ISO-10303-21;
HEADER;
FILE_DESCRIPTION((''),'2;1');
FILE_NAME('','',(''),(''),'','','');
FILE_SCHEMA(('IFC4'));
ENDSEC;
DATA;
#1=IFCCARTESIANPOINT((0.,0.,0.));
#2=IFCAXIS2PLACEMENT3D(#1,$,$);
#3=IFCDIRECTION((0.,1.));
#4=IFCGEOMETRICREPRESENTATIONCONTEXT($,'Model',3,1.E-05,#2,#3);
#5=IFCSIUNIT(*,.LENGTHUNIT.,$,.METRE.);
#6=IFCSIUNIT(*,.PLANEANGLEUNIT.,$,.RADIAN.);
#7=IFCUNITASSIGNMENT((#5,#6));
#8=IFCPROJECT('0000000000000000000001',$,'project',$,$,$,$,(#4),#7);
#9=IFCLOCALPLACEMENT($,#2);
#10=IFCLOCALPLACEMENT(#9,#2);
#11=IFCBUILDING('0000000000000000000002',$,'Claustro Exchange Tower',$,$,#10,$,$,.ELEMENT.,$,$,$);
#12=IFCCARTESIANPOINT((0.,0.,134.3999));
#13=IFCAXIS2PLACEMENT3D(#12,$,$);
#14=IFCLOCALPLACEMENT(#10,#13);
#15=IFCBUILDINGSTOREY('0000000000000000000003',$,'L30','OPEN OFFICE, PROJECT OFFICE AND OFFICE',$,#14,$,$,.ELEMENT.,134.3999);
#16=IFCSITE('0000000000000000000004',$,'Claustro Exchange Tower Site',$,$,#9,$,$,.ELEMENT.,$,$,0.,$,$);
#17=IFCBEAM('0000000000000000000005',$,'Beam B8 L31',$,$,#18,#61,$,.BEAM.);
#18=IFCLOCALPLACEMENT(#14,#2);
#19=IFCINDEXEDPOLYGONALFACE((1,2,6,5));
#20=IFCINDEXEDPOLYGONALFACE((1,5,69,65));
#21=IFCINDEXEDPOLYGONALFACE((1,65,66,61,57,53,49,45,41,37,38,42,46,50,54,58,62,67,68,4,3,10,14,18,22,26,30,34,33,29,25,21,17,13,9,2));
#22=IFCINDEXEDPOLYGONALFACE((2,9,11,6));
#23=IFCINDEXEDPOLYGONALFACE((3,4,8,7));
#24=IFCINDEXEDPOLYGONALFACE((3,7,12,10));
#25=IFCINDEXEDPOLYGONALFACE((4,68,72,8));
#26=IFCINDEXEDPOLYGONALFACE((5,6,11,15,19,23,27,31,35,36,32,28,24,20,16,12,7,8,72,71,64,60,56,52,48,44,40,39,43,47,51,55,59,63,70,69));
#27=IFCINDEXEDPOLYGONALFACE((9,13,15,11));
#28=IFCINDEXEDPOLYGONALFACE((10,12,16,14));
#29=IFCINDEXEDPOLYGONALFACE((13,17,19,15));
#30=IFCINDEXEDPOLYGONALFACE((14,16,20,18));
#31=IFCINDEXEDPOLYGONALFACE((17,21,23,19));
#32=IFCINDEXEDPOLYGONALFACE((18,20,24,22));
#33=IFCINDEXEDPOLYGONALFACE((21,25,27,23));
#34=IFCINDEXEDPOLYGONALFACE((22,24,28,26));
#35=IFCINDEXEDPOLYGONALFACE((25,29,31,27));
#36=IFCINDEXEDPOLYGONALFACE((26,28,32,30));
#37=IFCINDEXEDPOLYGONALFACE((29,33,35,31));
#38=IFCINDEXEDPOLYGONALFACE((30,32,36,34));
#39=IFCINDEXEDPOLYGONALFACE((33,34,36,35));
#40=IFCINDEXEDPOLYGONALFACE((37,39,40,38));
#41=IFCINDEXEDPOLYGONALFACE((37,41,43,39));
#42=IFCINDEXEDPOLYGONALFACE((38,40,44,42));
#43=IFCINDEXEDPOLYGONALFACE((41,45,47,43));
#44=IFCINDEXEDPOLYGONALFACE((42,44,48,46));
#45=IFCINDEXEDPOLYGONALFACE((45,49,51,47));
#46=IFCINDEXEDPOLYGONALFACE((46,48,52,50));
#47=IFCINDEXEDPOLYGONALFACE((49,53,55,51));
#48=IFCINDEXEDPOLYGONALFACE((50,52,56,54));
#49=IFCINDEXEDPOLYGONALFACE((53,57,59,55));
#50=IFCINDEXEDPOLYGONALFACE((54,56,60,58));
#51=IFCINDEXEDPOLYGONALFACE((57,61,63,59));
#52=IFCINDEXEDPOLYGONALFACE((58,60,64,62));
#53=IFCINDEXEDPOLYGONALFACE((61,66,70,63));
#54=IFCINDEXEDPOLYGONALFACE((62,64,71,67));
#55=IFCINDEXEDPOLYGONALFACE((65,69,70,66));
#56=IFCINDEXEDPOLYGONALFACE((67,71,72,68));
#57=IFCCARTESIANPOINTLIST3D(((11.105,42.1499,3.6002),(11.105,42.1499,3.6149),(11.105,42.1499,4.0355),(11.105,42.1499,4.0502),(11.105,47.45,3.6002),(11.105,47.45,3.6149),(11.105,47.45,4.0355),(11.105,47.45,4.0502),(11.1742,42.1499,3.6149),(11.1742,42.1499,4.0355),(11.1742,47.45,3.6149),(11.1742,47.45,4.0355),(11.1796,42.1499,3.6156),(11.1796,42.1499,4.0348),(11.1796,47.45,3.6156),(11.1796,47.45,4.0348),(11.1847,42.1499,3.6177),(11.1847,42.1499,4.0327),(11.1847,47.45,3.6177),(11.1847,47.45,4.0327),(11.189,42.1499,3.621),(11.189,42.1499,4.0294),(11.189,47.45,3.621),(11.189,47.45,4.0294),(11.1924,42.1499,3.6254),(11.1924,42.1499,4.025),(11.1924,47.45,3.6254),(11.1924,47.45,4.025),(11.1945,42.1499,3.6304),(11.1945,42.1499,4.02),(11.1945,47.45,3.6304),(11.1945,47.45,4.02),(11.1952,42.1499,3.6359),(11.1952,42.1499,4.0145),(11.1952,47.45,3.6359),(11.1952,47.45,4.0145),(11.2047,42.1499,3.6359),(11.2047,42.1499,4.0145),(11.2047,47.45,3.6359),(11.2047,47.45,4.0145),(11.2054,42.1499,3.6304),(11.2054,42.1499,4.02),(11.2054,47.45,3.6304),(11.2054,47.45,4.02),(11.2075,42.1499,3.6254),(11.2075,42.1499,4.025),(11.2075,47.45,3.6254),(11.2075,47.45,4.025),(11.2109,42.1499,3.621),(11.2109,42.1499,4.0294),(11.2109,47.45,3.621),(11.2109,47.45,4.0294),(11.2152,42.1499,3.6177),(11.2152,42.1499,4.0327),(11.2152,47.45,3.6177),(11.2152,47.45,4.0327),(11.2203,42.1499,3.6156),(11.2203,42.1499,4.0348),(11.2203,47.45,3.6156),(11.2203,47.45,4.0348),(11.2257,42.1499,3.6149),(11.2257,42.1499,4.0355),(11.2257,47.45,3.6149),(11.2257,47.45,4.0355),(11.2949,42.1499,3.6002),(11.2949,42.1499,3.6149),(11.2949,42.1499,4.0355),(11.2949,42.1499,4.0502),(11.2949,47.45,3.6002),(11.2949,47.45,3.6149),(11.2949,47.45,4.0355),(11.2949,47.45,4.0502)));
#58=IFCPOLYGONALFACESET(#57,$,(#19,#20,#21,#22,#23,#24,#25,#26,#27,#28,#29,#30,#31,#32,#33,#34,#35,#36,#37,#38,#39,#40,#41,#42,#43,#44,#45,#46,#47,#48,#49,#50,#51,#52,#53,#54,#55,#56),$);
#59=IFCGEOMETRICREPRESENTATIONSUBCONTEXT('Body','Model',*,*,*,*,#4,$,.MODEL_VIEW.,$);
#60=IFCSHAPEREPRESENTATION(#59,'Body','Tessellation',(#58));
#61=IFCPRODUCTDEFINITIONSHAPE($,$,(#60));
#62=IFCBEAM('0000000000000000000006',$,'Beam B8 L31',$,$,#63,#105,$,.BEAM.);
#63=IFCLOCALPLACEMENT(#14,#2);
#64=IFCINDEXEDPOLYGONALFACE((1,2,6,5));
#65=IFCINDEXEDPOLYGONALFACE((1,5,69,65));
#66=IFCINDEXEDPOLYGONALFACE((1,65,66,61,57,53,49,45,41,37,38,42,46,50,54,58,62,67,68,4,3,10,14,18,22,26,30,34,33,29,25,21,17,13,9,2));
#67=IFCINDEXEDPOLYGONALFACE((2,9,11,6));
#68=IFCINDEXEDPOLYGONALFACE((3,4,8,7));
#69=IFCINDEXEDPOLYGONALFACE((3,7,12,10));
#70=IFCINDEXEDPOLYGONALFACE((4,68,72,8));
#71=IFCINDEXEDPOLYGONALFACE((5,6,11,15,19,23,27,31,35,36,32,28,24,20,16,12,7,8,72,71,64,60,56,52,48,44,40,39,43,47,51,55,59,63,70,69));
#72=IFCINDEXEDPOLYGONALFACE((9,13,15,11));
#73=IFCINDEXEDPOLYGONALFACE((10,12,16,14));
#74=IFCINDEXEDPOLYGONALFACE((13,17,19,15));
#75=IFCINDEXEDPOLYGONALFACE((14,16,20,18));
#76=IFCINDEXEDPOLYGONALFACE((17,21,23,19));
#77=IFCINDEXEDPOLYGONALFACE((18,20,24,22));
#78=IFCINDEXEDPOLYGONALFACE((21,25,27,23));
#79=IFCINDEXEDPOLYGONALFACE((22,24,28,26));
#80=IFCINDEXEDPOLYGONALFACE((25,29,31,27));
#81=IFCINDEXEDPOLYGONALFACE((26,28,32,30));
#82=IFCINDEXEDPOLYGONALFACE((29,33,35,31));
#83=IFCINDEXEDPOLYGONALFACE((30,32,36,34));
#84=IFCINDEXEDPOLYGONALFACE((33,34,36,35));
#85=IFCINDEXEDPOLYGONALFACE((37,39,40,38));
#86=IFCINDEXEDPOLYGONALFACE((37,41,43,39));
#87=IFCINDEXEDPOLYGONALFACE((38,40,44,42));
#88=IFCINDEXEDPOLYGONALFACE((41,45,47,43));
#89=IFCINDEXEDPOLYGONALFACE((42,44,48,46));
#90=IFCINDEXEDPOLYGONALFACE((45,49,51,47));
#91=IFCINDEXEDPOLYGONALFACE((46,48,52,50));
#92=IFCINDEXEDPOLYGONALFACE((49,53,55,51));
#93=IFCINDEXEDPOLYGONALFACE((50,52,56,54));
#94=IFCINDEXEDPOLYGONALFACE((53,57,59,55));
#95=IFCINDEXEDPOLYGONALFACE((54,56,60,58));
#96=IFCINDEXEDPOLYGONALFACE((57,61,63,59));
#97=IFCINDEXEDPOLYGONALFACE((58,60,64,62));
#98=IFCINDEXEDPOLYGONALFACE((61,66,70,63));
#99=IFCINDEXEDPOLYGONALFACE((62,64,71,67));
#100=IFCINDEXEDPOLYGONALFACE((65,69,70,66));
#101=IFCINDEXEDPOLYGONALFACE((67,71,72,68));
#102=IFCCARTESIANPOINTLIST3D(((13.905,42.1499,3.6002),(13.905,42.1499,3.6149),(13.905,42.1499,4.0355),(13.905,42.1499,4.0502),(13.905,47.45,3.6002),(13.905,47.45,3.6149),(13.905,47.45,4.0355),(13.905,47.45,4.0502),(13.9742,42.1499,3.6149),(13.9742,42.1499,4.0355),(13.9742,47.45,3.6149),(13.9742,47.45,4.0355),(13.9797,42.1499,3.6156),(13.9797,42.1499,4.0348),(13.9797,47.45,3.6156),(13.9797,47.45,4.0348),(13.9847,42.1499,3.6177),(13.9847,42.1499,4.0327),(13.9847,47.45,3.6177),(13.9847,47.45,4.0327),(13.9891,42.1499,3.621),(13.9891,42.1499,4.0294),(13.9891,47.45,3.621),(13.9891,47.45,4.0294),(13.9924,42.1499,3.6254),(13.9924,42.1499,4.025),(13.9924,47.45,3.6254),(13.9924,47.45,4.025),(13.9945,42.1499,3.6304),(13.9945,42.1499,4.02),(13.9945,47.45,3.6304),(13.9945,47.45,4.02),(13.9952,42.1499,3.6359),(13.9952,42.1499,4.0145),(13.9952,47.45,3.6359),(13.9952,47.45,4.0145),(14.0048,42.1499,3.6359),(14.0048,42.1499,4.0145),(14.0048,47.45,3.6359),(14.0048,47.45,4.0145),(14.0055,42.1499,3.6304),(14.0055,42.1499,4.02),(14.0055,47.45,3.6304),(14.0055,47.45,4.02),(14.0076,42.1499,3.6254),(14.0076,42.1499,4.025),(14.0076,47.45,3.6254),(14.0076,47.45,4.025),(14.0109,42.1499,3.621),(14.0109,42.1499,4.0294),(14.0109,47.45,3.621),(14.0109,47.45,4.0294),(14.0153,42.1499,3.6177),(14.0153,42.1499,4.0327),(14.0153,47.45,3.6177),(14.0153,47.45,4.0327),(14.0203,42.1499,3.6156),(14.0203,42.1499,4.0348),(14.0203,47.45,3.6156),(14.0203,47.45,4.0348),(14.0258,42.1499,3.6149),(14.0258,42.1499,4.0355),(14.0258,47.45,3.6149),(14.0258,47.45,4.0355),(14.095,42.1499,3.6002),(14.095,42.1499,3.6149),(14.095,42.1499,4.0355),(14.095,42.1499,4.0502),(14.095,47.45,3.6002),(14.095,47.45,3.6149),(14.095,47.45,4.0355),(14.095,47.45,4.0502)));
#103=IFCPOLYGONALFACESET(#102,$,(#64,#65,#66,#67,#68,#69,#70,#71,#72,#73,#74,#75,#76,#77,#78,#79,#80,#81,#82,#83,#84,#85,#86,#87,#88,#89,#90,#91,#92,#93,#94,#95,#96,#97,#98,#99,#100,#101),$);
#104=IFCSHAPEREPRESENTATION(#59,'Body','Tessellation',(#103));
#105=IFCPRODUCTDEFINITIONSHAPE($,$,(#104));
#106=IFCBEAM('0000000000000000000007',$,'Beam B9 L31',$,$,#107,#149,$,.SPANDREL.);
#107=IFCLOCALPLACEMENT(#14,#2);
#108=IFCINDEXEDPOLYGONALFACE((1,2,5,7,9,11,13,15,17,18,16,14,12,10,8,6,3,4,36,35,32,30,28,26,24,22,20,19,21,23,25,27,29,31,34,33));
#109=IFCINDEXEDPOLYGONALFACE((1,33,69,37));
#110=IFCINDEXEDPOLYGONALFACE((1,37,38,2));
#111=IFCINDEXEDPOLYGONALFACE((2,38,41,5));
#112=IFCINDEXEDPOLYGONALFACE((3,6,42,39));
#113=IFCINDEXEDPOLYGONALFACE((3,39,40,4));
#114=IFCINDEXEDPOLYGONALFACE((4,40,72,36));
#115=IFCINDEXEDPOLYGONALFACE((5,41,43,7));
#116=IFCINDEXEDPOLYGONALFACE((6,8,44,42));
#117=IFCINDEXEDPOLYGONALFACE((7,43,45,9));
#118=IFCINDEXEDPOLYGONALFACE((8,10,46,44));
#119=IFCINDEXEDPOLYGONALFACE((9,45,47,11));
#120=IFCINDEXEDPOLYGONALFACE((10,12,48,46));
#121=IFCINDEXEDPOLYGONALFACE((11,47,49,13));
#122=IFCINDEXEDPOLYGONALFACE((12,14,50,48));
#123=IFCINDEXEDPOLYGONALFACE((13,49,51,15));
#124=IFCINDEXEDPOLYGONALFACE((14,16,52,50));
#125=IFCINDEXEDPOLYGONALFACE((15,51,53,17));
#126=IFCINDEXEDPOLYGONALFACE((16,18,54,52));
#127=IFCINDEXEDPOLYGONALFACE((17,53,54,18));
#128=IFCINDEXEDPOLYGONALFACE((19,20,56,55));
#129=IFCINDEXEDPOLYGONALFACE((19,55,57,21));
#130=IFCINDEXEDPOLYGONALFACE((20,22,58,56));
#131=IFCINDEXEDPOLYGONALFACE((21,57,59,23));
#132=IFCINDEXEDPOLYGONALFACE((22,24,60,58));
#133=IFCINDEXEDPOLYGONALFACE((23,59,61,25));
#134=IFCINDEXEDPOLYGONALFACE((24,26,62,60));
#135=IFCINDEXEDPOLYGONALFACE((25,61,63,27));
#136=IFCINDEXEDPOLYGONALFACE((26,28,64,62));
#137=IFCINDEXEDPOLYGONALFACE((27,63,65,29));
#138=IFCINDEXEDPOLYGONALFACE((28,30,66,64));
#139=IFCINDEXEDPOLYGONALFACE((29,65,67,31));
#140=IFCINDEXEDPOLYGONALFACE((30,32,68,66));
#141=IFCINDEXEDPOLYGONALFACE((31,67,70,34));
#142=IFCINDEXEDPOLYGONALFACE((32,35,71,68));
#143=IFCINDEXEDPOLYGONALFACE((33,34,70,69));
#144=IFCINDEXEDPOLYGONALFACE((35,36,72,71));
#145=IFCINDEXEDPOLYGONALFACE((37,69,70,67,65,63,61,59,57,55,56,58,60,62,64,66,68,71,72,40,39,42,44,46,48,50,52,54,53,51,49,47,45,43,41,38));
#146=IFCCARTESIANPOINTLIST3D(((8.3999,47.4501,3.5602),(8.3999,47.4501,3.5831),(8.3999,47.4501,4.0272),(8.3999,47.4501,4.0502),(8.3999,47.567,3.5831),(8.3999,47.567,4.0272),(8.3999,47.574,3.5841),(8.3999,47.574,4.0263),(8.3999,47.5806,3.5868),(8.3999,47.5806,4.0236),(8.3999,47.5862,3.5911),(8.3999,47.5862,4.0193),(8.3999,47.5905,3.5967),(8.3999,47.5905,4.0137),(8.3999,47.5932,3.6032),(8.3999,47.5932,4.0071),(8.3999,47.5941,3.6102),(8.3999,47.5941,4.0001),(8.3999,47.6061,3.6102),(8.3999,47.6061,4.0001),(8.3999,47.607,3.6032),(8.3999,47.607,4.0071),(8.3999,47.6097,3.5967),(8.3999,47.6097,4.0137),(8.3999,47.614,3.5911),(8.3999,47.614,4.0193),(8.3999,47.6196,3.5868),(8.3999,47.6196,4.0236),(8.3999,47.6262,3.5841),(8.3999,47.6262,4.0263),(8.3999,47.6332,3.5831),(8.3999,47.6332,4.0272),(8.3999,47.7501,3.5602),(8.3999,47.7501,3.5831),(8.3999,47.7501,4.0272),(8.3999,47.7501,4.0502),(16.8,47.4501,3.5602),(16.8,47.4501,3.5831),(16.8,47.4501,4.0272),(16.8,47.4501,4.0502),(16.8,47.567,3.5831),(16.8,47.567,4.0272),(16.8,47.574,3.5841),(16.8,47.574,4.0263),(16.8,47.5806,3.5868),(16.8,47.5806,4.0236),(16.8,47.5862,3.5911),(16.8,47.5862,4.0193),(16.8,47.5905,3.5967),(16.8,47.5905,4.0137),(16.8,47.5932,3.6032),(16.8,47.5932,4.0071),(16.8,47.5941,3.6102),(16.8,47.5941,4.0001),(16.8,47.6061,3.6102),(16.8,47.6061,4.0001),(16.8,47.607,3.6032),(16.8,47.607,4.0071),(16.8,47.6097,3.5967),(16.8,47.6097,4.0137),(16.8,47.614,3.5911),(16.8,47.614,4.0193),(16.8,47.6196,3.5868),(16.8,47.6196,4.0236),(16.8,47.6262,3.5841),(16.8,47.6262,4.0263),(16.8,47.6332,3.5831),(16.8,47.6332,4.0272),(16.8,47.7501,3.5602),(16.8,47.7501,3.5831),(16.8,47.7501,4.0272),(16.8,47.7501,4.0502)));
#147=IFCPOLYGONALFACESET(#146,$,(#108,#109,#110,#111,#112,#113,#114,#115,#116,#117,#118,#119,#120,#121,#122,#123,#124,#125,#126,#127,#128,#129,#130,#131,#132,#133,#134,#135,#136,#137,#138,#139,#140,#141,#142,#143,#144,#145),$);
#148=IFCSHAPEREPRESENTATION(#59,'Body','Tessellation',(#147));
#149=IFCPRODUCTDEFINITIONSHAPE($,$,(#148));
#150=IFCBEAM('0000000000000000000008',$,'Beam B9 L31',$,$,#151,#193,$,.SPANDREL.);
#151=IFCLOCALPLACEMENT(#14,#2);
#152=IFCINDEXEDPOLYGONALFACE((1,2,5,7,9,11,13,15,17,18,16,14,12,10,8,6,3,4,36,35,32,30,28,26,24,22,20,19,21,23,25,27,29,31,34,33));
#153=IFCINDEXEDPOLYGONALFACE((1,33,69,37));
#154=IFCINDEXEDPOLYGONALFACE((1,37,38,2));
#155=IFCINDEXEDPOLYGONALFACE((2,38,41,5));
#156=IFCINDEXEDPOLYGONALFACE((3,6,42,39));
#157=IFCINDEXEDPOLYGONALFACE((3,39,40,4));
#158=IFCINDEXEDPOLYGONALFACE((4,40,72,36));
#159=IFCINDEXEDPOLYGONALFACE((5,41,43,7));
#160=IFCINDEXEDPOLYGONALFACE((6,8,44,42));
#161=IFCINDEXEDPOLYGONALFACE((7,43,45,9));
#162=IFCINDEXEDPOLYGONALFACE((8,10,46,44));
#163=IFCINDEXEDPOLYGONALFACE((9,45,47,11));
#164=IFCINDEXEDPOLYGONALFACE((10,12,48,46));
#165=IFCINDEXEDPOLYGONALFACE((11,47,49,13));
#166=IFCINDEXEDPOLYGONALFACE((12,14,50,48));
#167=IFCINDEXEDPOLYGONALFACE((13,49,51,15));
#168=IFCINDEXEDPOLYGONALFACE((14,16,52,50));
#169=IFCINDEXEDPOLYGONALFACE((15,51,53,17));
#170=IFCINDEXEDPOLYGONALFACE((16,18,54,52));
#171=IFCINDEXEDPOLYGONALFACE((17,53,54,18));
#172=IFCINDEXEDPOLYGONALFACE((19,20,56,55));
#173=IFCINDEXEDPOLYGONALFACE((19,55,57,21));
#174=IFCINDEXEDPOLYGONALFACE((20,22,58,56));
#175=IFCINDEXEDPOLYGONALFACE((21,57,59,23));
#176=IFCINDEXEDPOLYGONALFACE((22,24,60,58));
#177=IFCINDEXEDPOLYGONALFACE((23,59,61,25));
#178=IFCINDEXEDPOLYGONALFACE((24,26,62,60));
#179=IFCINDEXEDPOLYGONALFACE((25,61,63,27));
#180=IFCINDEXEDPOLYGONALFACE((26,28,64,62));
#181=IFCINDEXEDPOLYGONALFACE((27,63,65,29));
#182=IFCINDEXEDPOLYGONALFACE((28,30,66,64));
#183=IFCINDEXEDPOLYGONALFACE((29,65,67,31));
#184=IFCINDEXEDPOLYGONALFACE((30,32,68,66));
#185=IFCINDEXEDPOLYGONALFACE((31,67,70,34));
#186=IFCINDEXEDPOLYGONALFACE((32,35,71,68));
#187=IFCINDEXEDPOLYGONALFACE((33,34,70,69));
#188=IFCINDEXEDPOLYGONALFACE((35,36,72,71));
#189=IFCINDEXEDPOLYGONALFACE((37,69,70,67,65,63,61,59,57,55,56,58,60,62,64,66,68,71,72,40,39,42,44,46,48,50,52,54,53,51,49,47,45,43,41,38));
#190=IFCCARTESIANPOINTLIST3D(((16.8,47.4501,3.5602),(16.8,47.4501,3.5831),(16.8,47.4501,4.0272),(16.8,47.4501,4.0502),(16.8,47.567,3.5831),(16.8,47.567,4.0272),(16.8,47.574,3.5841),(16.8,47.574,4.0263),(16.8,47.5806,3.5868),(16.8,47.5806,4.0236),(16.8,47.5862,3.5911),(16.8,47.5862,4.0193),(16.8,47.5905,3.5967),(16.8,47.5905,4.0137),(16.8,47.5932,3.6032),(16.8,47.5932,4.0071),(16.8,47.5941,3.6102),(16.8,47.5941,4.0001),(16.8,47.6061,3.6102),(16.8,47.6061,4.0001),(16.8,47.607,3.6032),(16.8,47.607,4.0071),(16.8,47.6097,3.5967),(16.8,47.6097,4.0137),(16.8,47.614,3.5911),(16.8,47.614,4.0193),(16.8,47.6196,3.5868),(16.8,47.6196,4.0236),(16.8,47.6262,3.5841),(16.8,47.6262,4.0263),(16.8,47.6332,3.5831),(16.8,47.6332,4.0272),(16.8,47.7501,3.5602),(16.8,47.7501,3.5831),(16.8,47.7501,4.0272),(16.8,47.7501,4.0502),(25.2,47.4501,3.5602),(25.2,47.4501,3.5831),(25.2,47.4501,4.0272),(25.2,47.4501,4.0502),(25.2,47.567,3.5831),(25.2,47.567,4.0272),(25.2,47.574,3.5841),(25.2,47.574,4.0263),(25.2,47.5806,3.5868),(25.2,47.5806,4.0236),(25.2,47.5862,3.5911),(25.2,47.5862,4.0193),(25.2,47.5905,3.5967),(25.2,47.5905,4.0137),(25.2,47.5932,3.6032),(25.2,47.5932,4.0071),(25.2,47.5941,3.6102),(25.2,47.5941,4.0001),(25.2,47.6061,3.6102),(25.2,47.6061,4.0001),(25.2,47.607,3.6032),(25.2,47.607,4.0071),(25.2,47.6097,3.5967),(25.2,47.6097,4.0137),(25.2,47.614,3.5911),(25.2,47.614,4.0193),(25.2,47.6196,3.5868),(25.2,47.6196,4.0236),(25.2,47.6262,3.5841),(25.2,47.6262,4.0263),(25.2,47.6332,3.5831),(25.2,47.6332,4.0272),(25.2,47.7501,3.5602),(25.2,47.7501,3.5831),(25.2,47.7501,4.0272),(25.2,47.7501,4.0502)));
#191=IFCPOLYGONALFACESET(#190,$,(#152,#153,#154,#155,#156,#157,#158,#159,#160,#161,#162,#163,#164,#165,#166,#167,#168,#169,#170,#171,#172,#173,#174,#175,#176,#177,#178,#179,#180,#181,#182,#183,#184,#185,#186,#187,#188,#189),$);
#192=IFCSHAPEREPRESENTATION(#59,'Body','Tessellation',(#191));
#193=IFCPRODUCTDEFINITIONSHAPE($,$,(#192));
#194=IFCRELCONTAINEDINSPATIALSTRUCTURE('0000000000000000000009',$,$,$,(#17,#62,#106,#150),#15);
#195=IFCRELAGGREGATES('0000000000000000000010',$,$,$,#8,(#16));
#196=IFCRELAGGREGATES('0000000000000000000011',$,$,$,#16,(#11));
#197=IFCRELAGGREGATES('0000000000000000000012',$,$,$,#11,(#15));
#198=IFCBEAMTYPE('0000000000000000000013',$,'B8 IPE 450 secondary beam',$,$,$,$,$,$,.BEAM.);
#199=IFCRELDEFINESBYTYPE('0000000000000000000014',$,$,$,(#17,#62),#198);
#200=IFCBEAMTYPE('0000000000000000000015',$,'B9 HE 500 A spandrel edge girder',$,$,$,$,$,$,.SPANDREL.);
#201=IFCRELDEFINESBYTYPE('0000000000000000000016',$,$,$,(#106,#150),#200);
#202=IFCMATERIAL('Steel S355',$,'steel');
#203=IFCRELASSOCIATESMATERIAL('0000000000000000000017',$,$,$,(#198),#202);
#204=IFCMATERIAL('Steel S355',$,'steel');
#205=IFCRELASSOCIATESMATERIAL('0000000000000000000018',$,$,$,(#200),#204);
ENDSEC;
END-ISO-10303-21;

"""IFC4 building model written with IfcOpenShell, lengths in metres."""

from ifc_helpers import new_model, si_unit, direction, frame, origin, origin_2d, place, context, subcontext, project, spatial, i_section, extrude, material, material_profile, profile_set, type_object, element, save


model = new_model("IFC4")

# Units and contexts
model_context = context("Model", 3, precision=1e-05, world=origin(), true_north=direction((0.0, 1.0)))
body_context = subcontext(model_context, "Body", "Model", "MODEL_VIEW")
ifc_project = project(units=[si_unit("LENGTHUNIT", "METRE"), si_unit("PLANEANGLEUNIT", "RADIAN")], contexts=[model_context])

# Site, building, storey
site_placement = place(None, origin())
site = spatial("IfcSite", under=ifc_project, at=site_placement, Name="Claustro Exchange Tower Site", CompositionType="ELEMENT", RefElevation=0.0)
building_placement = place(site_placement, origin())
building = spatial("IfcBuilding", under=site, at=building_placement, Name="Claustro Exchange Tower", CompositionType="ELEMENT")
storey_placement = place(building_placement, frame((0.0, 0.0, 134.3999)))
storey = spatial("IfcBuildingStorey", under=building, at=storey_placement, Name="L30", Description="OPEN OFFICE, PROJECT OFFICE AND OFFICE", CompositionType="ELEMENT", Elevation=134.3999)

# Beams
ifc_material_1 = material(Name="Steel S355", Category="steel")
ifc_material_profile_1 = material_profile(ifc_material_1, i_section(OverallWidth=0.1899, OverallDepth=0.45, WebThickness=0.0095, FlangeThickness=0.0146, FilletRadius=0.021, at=origin_2d()), Name="IPE 450")
ifc_profile_set_1 = profile_set([ifc_material_profile_1], Name="Steel S355")
beam_type_1 = type_object("IfcBeamType", Name="B8 IPE 450 secondary beam", PredefinedType="BEAM", material=ifc_profile_set_1)
for number, where, z_axis, x_axis, name in (
    (1, (11.2, 42.1499, 3.8252), (0.0, 1.0, 0.0), (-1.0, 0.0, 0.0), "Beam B8 L31"),
    (2, (14.0, 42.1499, 3.8252), (0.0, 1.0, 0.0), (-1.0, 0.0, 0.0), "Beam B8 L31"),
):
    element("IfcBeam", number, at=place(storey_placement, frame(where, z_axis=z_axis, x_axis=x_axis)), inside=storey, type_object=beam_type_1, Name=name, PredefinedType="BEAM", context=body_context, shape_type="SweptSolid", body=[
        extrude(i_section(OverallWidth=0.1899, OverallDepth=0.45, WebThickness=0.0095, FlangeThickness=0.0146, FilletRadius=0.021, at=origin_2d()), origin(), (0.0, 0.0, 1.0), 5.3),
    ])
ifc_material_2 = material(Name="Steel S355", Category="steel")
ifc_material_profile_2 = material_profile(ifc_material_2, i_section(OverallWidth=0.3, OverallDepth=0.49, WebThickness=0.012, FlangeThickness=0.0229, FilletRadius=0.0271, at=origin_2d()), Name="HE 500 A")
ifc_profile_set_2 = profile_set([ifc_material_profile_2], Name="Steel S355")
beam_type_2 = type_object("IfcBeamType", Name="B9 HE 500 A spandrel edge girder", PredefinedType="SPANDREL", material=ifc_profile_set_2)
beam_1_placement = place(storey_placement, frame((8.3999, 47.6001, 3.8052), z_axis=(1.0, 0.0, 0.0), x_axis=(0.0, 1.0, 0.0)))
element("IfcBeam", 3, at=beam_1_placement, inside=storey, type_object=beam_type_2, Name="Beam B9 L31", PredefinedType="SPANDREL", context=body_context, shape_type="SweptSolid", body=[
    extrude(i_section(OverallWidth=0.3, OverallDepth=0.49, WebThickness=0.012, FlangeThickness=0.0229, FilletRadius=0.0271, at=origin_2d()), origin(), (0.0, 0.0, 1.0), 8.4001),
])
beam_2_placement = place(storey_placement, frame((16.8, 47.6001, 3.8052), z_axis=(1.0, 0.0, 0.0), x_axis=(0.0, 1.0, 0.0)))
element("IfcBeam", 4, at=beam_2_placement, inside=storey, type_object=beam_type_2, Name="Beam B9 L31", PredefinedType="SPANDREL", context=body_context, shape_type="SweptSolid", body=[
    extrude(i_section(OverallWidth=0.3, OverallDepth=0.49, WebThickness=0.012, FlangeThickness=0.0229, FilletRadius=0.0271, at=origin_2d()), origin(), (0.0, 0.0, 1.0), 8.3999),
])

save(model, "model.ifc")
